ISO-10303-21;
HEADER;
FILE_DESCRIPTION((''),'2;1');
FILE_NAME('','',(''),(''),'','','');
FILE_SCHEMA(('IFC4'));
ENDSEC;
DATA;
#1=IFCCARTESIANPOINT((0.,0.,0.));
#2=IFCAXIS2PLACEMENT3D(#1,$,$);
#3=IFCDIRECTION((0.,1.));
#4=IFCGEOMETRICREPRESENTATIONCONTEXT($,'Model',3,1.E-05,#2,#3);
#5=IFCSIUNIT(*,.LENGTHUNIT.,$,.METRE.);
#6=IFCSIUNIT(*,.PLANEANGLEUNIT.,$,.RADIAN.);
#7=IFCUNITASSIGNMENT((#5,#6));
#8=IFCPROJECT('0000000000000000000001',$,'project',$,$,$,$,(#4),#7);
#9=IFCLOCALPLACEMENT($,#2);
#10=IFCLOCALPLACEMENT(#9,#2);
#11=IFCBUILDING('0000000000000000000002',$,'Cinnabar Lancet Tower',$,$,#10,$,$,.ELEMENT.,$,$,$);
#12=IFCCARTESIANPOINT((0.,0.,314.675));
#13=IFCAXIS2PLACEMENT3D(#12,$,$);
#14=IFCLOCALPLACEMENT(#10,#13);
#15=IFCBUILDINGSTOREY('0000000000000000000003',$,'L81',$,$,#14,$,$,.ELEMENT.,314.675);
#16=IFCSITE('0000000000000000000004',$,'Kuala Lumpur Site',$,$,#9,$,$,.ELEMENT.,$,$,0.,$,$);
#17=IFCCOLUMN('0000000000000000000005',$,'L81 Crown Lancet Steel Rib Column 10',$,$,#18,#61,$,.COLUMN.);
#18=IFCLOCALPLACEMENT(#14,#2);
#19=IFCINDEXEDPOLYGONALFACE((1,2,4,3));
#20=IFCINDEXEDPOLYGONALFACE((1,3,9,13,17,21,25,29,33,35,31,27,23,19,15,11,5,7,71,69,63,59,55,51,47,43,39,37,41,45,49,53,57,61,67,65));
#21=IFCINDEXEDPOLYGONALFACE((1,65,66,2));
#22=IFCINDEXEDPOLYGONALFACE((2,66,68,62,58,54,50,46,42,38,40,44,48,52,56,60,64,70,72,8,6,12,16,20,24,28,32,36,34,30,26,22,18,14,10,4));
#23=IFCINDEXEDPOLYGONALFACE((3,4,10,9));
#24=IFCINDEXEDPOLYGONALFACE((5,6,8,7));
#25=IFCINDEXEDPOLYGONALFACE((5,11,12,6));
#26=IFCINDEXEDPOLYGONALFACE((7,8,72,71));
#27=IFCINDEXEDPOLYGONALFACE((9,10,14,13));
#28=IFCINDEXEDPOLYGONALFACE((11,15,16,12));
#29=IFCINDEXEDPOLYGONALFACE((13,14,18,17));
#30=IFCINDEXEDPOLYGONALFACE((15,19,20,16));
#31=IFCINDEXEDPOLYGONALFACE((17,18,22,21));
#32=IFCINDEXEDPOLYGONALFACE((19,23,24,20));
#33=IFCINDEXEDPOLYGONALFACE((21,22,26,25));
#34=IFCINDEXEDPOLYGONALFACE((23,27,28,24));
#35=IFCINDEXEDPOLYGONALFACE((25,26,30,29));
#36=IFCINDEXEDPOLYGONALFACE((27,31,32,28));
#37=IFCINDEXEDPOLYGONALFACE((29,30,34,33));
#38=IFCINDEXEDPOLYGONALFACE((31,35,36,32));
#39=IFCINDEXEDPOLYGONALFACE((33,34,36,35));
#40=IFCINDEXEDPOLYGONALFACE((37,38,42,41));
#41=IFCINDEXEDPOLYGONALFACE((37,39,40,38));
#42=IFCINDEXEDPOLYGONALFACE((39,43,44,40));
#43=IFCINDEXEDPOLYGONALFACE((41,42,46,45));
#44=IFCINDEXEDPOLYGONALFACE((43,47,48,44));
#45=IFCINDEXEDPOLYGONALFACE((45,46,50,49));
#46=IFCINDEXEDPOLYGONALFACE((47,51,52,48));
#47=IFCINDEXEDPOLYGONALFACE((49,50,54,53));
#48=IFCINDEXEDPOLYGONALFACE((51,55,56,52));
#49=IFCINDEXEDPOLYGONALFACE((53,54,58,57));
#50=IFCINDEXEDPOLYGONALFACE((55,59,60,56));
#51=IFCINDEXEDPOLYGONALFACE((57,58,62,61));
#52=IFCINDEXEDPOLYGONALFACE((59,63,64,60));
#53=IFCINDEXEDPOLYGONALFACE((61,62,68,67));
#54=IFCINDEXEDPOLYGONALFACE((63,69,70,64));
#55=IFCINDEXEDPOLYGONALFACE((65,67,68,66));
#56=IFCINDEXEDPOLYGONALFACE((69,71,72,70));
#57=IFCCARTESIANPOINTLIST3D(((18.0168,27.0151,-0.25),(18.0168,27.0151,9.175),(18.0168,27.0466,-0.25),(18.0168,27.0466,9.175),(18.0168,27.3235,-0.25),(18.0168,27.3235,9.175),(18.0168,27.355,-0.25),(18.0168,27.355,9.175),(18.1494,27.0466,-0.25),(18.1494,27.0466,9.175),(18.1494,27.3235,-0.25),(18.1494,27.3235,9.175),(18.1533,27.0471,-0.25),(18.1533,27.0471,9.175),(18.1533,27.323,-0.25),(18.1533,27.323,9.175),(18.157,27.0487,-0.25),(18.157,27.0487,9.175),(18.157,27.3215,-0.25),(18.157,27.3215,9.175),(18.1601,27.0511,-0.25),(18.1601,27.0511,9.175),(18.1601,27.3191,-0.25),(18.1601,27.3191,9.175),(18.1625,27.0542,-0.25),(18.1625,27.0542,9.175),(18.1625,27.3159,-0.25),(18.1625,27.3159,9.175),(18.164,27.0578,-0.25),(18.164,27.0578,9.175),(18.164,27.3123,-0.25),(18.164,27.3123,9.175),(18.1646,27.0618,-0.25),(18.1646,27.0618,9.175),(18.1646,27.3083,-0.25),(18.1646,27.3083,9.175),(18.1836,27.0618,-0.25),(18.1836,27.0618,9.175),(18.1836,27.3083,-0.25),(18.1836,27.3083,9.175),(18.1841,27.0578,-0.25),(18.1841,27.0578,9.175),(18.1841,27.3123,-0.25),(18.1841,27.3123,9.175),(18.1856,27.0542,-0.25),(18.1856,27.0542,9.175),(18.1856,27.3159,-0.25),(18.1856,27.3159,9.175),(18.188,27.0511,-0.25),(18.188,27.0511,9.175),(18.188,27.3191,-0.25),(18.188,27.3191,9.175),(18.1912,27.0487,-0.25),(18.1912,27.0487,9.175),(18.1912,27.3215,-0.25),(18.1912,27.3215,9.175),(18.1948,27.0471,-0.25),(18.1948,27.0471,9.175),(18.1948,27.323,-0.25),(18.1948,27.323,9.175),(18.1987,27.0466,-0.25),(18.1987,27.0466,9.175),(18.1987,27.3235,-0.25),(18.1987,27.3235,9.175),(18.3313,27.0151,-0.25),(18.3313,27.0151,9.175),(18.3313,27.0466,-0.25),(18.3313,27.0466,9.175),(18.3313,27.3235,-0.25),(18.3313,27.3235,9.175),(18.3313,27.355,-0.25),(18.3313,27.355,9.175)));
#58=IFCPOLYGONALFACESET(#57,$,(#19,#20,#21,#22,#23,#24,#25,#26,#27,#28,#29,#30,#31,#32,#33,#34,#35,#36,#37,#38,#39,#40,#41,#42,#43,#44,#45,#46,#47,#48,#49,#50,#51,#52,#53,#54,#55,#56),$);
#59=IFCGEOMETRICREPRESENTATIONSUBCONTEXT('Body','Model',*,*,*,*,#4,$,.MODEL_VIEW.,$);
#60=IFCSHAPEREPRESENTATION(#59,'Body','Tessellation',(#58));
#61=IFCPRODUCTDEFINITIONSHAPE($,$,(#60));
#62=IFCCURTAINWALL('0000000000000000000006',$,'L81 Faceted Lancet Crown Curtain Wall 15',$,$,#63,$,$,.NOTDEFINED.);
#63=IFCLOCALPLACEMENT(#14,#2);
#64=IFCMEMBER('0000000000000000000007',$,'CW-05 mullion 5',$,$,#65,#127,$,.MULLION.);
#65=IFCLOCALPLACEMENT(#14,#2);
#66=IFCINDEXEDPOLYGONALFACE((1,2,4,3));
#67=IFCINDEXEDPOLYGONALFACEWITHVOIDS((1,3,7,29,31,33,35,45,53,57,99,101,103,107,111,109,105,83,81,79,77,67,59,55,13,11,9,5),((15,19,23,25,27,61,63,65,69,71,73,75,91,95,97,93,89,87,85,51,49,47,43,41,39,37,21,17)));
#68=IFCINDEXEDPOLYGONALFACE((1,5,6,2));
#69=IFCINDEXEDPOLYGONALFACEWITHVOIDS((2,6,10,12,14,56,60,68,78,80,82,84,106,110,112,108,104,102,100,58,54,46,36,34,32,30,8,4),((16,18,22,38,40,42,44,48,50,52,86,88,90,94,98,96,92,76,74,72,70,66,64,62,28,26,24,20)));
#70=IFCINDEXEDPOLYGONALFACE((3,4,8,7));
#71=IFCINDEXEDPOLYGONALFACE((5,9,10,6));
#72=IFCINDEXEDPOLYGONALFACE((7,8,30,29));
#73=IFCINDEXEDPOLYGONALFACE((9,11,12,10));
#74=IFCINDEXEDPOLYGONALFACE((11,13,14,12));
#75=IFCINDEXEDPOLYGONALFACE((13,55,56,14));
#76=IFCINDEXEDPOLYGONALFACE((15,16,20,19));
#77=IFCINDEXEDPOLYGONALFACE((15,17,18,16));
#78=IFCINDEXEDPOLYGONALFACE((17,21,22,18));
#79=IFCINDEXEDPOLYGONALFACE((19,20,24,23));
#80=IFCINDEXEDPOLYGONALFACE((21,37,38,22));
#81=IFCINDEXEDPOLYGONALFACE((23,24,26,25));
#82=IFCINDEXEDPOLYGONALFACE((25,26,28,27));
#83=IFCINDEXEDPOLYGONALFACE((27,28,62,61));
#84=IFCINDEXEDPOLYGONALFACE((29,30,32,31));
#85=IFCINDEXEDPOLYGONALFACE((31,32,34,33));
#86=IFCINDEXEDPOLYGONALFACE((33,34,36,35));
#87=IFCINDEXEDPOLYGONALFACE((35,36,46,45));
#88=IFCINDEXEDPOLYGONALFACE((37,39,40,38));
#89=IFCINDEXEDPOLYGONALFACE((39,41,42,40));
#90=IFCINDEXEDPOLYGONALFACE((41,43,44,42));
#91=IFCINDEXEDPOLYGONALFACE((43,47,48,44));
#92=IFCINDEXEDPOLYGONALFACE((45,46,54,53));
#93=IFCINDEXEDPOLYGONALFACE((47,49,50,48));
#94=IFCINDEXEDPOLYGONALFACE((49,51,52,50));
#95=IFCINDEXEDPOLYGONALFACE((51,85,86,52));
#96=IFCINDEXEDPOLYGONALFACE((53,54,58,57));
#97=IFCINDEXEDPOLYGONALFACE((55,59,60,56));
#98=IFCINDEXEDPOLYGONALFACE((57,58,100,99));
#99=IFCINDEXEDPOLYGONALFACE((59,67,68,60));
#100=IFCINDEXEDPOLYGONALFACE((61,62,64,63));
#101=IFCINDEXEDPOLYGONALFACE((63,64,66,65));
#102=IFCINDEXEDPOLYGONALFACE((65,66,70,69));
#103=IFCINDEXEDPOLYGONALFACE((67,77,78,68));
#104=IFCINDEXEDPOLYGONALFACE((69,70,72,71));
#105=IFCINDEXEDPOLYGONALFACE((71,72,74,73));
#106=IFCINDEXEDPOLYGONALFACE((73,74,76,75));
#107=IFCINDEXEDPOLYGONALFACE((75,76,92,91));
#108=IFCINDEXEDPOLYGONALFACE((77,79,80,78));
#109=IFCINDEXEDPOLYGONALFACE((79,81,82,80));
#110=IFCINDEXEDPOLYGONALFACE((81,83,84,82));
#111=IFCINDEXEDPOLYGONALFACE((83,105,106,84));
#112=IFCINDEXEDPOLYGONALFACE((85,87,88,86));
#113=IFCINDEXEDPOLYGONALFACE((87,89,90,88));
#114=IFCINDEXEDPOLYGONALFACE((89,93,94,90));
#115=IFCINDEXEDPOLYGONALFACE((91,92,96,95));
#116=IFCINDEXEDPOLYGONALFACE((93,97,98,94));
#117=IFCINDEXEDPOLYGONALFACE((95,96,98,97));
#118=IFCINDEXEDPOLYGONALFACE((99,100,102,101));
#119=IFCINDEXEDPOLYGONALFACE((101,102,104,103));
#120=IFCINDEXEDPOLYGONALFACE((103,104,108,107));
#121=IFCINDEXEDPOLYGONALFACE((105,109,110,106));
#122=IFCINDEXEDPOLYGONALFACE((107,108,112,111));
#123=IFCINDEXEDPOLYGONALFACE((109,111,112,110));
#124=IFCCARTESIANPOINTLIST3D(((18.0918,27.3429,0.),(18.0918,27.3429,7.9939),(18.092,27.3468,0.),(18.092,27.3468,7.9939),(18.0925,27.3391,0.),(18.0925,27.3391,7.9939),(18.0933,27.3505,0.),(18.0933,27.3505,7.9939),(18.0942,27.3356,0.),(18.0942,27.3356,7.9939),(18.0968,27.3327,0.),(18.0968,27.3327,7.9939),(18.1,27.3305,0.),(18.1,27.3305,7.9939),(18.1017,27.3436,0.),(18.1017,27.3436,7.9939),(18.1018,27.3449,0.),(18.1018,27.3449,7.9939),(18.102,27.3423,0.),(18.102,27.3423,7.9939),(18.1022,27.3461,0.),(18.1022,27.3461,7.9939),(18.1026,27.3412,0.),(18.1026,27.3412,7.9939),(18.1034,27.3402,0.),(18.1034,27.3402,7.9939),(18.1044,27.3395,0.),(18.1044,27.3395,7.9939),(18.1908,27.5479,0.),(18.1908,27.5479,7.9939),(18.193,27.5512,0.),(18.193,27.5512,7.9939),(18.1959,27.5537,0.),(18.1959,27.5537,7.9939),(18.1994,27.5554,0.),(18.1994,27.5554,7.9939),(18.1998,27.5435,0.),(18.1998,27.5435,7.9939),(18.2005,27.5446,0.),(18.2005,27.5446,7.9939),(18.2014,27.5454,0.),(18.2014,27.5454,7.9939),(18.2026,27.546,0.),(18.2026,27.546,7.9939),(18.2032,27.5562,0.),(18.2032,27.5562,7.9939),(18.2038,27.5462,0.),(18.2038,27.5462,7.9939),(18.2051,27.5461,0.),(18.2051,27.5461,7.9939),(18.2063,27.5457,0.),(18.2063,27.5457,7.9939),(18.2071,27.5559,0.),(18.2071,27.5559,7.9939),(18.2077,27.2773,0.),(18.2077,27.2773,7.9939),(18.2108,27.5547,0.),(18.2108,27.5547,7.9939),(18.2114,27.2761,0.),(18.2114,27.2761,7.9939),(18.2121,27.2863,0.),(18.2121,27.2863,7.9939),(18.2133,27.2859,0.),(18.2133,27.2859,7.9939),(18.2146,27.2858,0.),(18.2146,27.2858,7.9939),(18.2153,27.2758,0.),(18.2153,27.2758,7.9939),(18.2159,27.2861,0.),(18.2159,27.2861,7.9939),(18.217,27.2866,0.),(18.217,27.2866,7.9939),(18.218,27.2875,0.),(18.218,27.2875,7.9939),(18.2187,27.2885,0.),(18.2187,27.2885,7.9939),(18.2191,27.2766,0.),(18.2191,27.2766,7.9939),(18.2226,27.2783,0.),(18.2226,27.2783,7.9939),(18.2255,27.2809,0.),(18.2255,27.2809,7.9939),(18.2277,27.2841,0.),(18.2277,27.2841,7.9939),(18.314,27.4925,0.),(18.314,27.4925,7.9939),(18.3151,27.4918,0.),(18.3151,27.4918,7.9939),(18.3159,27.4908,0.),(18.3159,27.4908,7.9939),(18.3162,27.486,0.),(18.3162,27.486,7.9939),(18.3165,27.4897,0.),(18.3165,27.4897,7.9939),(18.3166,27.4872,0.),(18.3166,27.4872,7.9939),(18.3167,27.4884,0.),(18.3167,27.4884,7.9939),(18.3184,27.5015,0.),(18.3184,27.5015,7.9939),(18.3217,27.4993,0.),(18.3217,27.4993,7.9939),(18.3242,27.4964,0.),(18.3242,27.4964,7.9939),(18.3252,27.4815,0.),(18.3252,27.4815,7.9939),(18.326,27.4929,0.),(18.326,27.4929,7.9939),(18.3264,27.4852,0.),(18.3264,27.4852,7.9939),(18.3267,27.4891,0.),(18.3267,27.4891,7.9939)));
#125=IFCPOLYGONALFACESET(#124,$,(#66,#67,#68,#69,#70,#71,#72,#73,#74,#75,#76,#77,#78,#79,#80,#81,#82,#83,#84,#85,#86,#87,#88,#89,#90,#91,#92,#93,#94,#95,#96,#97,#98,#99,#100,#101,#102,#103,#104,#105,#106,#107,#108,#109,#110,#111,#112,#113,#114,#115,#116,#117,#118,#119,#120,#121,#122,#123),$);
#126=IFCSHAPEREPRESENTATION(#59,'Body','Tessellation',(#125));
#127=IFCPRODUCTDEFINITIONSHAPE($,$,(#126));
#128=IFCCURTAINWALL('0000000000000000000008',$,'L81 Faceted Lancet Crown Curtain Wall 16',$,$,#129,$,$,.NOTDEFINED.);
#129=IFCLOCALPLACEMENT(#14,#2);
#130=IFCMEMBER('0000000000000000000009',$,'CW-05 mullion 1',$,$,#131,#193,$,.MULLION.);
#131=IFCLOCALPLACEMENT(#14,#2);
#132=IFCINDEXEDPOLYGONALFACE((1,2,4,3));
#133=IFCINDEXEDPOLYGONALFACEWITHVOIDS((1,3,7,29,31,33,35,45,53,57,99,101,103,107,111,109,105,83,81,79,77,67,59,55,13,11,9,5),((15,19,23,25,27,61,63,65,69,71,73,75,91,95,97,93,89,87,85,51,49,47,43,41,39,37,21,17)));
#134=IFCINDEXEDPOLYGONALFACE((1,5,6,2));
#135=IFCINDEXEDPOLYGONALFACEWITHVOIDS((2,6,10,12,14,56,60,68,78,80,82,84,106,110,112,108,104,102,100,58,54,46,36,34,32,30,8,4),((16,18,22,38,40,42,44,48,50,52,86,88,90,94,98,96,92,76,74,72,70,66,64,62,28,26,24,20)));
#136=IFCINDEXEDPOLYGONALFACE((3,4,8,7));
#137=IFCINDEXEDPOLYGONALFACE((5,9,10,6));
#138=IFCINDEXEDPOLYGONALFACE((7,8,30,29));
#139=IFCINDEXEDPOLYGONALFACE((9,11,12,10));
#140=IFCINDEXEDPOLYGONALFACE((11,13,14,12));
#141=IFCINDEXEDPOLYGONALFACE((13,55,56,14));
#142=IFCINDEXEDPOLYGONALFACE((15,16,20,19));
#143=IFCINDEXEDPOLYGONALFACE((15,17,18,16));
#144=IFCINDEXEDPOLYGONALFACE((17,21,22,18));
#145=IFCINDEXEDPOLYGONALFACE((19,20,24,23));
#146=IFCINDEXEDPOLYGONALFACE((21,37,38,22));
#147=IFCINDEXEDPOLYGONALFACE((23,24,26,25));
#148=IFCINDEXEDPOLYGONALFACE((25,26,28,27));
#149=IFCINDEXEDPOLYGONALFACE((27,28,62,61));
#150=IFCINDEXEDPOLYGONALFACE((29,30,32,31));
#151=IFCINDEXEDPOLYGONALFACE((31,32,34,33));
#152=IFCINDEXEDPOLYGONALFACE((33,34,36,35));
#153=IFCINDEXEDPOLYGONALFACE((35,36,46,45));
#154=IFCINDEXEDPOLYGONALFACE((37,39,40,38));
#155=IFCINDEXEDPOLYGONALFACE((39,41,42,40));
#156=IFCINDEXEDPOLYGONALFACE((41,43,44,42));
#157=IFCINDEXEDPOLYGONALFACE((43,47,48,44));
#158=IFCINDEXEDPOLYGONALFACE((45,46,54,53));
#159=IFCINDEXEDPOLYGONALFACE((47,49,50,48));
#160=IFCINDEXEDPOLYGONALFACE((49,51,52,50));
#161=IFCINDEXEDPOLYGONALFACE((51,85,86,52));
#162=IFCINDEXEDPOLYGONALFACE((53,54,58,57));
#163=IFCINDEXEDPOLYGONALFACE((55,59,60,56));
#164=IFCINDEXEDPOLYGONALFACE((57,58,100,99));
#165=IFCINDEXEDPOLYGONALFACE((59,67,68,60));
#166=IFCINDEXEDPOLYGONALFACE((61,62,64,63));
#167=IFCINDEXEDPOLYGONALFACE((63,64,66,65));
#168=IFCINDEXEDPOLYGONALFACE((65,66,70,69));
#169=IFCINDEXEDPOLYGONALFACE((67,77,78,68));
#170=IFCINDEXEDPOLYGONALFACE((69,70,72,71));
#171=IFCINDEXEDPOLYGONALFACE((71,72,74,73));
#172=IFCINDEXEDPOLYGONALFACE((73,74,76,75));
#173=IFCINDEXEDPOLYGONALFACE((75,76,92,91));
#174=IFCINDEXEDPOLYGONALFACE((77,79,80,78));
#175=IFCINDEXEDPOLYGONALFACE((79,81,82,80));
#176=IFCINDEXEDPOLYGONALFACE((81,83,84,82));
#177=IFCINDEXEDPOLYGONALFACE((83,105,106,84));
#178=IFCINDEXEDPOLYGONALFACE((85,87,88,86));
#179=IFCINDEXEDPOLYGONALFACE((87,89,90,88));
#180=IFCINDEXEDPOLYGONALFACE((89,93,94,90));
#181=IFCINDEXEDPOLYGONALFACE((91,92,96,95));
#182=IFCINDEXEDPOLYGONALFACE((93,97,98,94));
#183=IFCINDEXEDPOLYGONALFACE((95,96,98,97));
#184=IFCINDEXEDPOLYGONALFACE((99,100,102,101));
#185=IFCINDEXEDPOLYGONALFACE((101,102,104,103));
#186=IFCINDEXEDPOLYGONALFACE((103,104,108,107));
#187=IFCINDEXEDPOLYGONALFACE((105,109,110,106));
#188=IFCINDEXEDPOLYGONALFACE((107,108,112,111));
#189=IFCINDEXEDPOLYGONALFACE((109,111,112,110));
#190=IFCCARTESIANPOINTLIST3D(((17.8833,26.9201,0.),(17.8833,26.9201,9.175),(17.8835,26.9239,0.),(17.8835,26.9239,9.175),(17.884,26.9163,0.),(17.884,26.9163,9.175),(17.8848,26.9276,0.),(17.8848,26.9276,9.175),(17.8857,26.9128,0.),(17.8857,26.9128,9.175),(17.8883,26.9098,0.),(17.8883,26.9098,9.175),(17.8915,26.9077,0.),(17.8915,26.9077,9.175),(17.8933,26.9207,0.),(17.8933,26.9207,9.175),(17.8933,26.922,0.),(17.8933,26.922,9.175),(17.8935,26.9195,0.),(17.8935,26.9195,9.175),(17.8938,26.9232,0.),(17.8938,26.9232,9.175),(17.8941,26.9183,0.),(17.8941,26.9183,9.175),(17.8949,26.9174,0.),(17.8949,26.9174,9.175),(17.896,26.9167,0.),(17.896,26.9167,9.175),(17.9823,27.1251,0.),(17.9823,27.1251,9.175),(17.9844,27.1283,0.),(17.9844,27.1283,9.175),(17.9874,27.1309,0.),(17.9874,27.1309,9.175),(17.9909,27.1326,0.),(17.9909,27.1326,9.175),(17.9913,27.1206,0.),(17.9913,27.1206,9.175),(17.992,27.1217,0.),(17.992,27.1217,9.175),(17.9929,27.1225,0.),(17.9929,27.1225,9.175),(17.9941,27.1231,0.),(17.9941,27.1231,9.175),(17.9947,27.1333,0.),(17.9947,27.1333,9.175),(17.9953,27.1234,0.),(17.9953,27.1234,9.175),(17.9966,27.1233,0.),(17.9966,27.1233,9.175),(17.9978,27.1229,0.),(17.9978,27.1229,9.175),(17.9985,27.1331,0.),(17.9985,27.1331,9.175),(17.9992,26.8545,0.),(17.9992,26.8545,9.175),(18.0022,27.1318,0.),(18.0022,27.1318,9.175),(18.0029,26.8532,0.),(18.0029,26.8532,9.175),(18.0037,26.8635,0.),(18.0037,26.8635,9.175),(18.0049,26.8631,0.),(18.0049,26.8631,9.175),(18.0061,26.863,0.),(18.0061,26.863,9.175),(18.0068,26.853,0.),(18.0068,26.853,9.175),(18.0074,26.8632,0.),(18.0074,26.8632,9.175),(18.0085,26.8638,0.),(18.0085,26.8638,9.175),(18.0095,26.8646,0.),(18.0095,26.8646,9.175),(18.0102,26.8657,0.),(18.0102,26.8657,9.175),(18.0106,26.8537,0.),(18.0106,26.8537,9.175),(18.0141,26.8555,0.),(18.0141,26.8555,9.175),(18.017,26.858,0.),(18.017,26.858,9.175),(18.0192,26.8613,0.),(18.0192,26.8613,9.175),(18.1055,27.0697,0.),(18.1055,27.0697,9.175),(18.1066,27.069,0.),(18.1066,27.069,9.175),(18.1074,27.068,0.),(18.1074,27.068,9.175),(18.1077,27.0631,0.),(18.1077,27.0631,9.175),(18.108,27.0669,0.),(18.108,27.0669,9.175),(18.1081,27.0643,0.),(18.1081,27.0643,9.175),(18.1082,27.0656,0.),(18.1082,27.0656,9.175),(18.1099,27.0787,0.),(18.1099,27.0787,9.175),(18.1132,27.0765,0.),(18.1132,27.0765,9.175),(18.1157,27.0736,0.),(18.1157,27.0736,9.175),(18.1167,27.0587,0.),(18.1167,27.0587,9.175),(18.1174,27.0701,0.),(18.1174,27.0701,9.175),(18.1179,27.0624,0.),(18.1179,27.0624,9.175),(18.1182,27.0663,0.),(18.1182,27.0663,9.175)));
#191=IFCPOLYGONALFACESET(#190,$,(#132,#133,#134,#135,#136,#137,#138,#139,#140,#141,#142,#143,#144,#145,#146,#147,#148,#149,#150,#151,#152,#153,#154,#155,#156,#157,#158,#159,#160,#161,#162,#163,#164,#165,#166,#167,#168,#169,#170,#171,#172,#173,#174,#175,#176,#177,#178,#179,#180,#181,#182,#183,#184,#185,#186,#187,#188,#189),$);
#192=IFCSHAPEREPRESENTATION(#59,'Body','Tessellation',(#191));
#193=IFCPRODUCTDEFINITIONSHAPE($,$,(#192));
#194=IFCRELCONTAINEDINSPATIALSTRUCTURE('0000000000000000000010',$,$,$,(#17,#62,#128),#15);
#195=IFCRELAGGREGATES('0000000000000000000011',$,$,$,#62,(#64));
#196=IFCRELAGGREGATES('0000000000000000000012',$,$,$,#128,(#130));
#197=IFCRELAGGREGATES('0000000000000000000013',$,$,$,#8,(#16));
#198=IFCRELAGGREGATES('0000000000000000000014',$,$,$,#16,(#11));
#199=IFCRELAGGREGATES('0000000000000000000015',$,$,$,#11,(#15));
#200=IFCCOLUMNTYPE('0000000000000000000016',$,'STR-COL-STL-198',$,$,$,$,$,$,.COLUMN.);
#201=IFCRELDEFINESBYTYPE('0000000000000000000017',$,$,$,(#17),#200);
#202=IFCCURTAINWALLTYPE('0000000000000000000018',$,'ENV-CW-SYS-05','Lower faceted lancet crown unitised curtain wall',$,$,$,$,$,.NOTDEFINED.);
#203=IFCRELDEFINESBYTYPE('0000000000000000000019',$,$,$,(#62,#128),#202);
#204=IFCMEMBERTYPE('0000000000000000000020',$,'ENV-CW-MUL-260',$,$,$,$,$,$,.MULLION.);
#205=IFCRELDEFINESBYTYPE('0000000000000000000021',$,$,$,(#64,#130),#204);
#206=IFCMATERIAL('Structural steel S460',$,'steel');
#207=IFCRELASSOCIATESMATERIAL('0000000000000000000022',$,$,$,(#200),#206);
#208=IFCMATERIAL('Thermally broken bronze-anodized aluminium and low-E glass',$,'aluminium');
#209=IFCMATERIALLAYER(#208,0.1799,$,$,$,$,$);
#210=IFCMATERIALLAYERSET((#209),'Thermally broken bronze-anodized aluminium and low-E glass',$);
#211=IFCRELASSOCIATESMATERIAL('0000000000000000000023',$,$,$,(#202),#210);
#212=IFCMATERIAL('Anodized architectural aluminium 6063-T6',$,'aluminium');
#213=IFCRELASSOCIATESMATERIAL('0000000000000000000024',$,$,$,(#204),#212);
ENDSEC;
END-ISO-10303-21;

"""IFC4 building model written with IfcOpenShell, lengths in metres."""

from ifc_helpers import new_model, si_unit, direction, frame, origin, origin_2d, place, context, subcontext, project, spatial, hollow_rectangle, i_section, extrude, material, layer, layer_set, material_profile, profile_set, type_object, element, aggregate, save


model = new_model("IFC4")

# Units and contexts
model_context = context("Model", 3, precision=1e-05, world=origin(), true_north=direction((0.0, 1.0)))
body_context = subcontext(model_context, "Body", "Model", "MODEL_VIEW")
ifc_project = project(units=[si_unit("LENGTHUNIT", "METRE"), si_unit("PLANEANGLEUNIT", "RADIAN")], contexts=[model_context])

# Site, building, storey
site_placement = place(None, origin())
site = spatial("IfcSite", under=ifc_project, at=site_placement, Name="Kuala Lumpur Site", CompositionType="ELEMENT", RefElevation=0.0)
building_placement = place(site_placement, origin())
building = spatial("IfcBuilding", under=site, at=building_placement, Name="Cinnabar Lancet Tower", CompositionType="ELEMENT")
storey_placement = place(building_placement, frame((0.0, 0.0, 314.675)))
storey = spatial("IfcBuildingStorey", under=building, at=storey_placement, Name="L81", CompositionType="ELEMENT", Elevation=314.675)

# Column
ifc_material_1 = material(Name="Structural steel S460", Category="steel")
ifc_material_profile_1 = material_profile(ifc_material_1, i_section(OverallWidth=0.3145, OverallDepth=0.3398, WebThickness=0.019, FlangeThickness=0.0315, FilletRadius=0.0151, at=origin_2d()), Name="UKC 305x305x198")
ifc_profile_set_1 = profile_set([ifc_material_profile_1], Name="Structural steel S460")
column_type = type_object("IfcColumnType", Name="STR-COL-STL-198", PredefinedType="COLUMN", material=ifc_profile_set_1)
column_placement = place(storey_placement, frame((18.1741, 27.1851, -0.25), z_axis=(0.0, 0.0, 1.0), x_axis=(1.0, 0.0, 0.0)))
element("IfcColumn", 1, at=column_placement, inside=storey, type_object=column_type, Name="L81 Crown Lancet Steel Rib Column 10", PredefinedType="COLUMN", context=body_context, shape_type="SweptSolid", body=[
    extrude(i_section(OverallWidth=0.3145, OverallDepth=0.3398, WebThickness=0.019, FlangeThickness=0.0315, FilletRadius=0.0151, at=origin_2d()), origin(), (0.0, 0.0, 1.0), 9.425),
])

# Curtain wall, member
ifc_material_2 = material(Name="Thermally broken bronze-anodized aluminium and low-E glass", Category="aluminium")
ifc_layer_1 = layer(ifc_material_2, 0.1799)
ifc_layer_set_1 = layer_set([ifc_layer_1], Name="Thermally broken bronze-anodized aluminium and low-E glass")
curtain_wall_type = type_object("IfcCurtainWallType", Name="ENV-CW-SYS-05", Description="Lower faceted lancet crown unitised curtain wall", PredefinedType="NOTDEFINED", material=ifc_layer_set_1)
curtain_wall_1_placement = place(storey_placement, origin())
curtain_wall_1 = element("IfcCurtainWall", 2, at=curtain_wall_1_placement, inside=storey, type_object=curtain_wall_type, Name="L81 Faceted Lancet Crown Curtain Wall 15", PredefinedType="NOTDEFINED")
ifc_material_3 = material(Name="Anodized architectural aluminium 6063-T6", Category="aluminium")
ifc_material_profile_2 = material_profile(ifc_material_3, hollow_rectangle(XDim=0.1499, YDim=0.25, WallThickness=0.01, InnerFilletRadius=0.0049, OuterFilletRadius=0.0149, at=origin_2d()), Name="RHS 250x150x10")
ifc_profile_set_2 = profile_set([ifc_material_profile_2], Name="Anodized architectural aluminium 6063-T6")
member_type_1 = type_object("IfcMemberType", Name="ENV-CW-MUL-260", PredefinedType="MULLION", material=ifc_profile_set_2)
member_1_placement = place(storey_placement, frame((18.2092, 27.416, 0.0), z_axis=(0.0, 0.0, 1.0), x_axis=(0.896552, -0.442939, 0.0)))
member_1 = element("IfcMember", 3, at=member_1_placement, type_object=member_type_1, Name="CW-05 mullion 5", PredefinedType="MULLION", context=body_context, shape_type="SweptSolid", body=[
    extrude(hollow_rectangle(XDim=0.1499, YDim=0.25, WallThickness=0.01, InnerFilletRadius=0.0049, OuterFilletRadius=0.0149, at=origin_2d()), origin(), (0.0, 0.0, 1.0), 7.9939),
])

# Curtain wall, member
curtain_wall_2_placement = place(storey_placement, origin())
curtain_wall_2 = element("IfcCurtainWall", 4, at=curtain_wall_2_placement, inside=storey, type_object=curtain_wall_type, Name="L81 Faceted Lancet Crown Curtain Wall 16", PredefinedType="NOTDEFINED")
member_2_placement = place(storey_placement, frame((18.0007, 26.9932, 0.0), z_axis=(0.0, 0.0, 1.0), x_axis=(0.896636, -0.442768, 0.0)))
member_2 = element("IfcMember", 5, at=member_2_placement, type_object=member_type_1, Name="CW-05 mullion 1", PredefinedType="MULLION", context=body_context, shape_type="SweptSolid", body=[
    extrude(hollow_rectangle(XDim=0.1499, YDim=0.25, WallThickness=0.01, InnerFilletRadius=0.0049, OuterFilletRadius=0.0149, at=origin_2d()), origin(), (0.0, 0.0, 1.0), 9.175),
])

aggregate(curtain_wall_1, [member_1])
aggregate(curtain_wall_2, [member_2])

save(model, "model.ifc")
